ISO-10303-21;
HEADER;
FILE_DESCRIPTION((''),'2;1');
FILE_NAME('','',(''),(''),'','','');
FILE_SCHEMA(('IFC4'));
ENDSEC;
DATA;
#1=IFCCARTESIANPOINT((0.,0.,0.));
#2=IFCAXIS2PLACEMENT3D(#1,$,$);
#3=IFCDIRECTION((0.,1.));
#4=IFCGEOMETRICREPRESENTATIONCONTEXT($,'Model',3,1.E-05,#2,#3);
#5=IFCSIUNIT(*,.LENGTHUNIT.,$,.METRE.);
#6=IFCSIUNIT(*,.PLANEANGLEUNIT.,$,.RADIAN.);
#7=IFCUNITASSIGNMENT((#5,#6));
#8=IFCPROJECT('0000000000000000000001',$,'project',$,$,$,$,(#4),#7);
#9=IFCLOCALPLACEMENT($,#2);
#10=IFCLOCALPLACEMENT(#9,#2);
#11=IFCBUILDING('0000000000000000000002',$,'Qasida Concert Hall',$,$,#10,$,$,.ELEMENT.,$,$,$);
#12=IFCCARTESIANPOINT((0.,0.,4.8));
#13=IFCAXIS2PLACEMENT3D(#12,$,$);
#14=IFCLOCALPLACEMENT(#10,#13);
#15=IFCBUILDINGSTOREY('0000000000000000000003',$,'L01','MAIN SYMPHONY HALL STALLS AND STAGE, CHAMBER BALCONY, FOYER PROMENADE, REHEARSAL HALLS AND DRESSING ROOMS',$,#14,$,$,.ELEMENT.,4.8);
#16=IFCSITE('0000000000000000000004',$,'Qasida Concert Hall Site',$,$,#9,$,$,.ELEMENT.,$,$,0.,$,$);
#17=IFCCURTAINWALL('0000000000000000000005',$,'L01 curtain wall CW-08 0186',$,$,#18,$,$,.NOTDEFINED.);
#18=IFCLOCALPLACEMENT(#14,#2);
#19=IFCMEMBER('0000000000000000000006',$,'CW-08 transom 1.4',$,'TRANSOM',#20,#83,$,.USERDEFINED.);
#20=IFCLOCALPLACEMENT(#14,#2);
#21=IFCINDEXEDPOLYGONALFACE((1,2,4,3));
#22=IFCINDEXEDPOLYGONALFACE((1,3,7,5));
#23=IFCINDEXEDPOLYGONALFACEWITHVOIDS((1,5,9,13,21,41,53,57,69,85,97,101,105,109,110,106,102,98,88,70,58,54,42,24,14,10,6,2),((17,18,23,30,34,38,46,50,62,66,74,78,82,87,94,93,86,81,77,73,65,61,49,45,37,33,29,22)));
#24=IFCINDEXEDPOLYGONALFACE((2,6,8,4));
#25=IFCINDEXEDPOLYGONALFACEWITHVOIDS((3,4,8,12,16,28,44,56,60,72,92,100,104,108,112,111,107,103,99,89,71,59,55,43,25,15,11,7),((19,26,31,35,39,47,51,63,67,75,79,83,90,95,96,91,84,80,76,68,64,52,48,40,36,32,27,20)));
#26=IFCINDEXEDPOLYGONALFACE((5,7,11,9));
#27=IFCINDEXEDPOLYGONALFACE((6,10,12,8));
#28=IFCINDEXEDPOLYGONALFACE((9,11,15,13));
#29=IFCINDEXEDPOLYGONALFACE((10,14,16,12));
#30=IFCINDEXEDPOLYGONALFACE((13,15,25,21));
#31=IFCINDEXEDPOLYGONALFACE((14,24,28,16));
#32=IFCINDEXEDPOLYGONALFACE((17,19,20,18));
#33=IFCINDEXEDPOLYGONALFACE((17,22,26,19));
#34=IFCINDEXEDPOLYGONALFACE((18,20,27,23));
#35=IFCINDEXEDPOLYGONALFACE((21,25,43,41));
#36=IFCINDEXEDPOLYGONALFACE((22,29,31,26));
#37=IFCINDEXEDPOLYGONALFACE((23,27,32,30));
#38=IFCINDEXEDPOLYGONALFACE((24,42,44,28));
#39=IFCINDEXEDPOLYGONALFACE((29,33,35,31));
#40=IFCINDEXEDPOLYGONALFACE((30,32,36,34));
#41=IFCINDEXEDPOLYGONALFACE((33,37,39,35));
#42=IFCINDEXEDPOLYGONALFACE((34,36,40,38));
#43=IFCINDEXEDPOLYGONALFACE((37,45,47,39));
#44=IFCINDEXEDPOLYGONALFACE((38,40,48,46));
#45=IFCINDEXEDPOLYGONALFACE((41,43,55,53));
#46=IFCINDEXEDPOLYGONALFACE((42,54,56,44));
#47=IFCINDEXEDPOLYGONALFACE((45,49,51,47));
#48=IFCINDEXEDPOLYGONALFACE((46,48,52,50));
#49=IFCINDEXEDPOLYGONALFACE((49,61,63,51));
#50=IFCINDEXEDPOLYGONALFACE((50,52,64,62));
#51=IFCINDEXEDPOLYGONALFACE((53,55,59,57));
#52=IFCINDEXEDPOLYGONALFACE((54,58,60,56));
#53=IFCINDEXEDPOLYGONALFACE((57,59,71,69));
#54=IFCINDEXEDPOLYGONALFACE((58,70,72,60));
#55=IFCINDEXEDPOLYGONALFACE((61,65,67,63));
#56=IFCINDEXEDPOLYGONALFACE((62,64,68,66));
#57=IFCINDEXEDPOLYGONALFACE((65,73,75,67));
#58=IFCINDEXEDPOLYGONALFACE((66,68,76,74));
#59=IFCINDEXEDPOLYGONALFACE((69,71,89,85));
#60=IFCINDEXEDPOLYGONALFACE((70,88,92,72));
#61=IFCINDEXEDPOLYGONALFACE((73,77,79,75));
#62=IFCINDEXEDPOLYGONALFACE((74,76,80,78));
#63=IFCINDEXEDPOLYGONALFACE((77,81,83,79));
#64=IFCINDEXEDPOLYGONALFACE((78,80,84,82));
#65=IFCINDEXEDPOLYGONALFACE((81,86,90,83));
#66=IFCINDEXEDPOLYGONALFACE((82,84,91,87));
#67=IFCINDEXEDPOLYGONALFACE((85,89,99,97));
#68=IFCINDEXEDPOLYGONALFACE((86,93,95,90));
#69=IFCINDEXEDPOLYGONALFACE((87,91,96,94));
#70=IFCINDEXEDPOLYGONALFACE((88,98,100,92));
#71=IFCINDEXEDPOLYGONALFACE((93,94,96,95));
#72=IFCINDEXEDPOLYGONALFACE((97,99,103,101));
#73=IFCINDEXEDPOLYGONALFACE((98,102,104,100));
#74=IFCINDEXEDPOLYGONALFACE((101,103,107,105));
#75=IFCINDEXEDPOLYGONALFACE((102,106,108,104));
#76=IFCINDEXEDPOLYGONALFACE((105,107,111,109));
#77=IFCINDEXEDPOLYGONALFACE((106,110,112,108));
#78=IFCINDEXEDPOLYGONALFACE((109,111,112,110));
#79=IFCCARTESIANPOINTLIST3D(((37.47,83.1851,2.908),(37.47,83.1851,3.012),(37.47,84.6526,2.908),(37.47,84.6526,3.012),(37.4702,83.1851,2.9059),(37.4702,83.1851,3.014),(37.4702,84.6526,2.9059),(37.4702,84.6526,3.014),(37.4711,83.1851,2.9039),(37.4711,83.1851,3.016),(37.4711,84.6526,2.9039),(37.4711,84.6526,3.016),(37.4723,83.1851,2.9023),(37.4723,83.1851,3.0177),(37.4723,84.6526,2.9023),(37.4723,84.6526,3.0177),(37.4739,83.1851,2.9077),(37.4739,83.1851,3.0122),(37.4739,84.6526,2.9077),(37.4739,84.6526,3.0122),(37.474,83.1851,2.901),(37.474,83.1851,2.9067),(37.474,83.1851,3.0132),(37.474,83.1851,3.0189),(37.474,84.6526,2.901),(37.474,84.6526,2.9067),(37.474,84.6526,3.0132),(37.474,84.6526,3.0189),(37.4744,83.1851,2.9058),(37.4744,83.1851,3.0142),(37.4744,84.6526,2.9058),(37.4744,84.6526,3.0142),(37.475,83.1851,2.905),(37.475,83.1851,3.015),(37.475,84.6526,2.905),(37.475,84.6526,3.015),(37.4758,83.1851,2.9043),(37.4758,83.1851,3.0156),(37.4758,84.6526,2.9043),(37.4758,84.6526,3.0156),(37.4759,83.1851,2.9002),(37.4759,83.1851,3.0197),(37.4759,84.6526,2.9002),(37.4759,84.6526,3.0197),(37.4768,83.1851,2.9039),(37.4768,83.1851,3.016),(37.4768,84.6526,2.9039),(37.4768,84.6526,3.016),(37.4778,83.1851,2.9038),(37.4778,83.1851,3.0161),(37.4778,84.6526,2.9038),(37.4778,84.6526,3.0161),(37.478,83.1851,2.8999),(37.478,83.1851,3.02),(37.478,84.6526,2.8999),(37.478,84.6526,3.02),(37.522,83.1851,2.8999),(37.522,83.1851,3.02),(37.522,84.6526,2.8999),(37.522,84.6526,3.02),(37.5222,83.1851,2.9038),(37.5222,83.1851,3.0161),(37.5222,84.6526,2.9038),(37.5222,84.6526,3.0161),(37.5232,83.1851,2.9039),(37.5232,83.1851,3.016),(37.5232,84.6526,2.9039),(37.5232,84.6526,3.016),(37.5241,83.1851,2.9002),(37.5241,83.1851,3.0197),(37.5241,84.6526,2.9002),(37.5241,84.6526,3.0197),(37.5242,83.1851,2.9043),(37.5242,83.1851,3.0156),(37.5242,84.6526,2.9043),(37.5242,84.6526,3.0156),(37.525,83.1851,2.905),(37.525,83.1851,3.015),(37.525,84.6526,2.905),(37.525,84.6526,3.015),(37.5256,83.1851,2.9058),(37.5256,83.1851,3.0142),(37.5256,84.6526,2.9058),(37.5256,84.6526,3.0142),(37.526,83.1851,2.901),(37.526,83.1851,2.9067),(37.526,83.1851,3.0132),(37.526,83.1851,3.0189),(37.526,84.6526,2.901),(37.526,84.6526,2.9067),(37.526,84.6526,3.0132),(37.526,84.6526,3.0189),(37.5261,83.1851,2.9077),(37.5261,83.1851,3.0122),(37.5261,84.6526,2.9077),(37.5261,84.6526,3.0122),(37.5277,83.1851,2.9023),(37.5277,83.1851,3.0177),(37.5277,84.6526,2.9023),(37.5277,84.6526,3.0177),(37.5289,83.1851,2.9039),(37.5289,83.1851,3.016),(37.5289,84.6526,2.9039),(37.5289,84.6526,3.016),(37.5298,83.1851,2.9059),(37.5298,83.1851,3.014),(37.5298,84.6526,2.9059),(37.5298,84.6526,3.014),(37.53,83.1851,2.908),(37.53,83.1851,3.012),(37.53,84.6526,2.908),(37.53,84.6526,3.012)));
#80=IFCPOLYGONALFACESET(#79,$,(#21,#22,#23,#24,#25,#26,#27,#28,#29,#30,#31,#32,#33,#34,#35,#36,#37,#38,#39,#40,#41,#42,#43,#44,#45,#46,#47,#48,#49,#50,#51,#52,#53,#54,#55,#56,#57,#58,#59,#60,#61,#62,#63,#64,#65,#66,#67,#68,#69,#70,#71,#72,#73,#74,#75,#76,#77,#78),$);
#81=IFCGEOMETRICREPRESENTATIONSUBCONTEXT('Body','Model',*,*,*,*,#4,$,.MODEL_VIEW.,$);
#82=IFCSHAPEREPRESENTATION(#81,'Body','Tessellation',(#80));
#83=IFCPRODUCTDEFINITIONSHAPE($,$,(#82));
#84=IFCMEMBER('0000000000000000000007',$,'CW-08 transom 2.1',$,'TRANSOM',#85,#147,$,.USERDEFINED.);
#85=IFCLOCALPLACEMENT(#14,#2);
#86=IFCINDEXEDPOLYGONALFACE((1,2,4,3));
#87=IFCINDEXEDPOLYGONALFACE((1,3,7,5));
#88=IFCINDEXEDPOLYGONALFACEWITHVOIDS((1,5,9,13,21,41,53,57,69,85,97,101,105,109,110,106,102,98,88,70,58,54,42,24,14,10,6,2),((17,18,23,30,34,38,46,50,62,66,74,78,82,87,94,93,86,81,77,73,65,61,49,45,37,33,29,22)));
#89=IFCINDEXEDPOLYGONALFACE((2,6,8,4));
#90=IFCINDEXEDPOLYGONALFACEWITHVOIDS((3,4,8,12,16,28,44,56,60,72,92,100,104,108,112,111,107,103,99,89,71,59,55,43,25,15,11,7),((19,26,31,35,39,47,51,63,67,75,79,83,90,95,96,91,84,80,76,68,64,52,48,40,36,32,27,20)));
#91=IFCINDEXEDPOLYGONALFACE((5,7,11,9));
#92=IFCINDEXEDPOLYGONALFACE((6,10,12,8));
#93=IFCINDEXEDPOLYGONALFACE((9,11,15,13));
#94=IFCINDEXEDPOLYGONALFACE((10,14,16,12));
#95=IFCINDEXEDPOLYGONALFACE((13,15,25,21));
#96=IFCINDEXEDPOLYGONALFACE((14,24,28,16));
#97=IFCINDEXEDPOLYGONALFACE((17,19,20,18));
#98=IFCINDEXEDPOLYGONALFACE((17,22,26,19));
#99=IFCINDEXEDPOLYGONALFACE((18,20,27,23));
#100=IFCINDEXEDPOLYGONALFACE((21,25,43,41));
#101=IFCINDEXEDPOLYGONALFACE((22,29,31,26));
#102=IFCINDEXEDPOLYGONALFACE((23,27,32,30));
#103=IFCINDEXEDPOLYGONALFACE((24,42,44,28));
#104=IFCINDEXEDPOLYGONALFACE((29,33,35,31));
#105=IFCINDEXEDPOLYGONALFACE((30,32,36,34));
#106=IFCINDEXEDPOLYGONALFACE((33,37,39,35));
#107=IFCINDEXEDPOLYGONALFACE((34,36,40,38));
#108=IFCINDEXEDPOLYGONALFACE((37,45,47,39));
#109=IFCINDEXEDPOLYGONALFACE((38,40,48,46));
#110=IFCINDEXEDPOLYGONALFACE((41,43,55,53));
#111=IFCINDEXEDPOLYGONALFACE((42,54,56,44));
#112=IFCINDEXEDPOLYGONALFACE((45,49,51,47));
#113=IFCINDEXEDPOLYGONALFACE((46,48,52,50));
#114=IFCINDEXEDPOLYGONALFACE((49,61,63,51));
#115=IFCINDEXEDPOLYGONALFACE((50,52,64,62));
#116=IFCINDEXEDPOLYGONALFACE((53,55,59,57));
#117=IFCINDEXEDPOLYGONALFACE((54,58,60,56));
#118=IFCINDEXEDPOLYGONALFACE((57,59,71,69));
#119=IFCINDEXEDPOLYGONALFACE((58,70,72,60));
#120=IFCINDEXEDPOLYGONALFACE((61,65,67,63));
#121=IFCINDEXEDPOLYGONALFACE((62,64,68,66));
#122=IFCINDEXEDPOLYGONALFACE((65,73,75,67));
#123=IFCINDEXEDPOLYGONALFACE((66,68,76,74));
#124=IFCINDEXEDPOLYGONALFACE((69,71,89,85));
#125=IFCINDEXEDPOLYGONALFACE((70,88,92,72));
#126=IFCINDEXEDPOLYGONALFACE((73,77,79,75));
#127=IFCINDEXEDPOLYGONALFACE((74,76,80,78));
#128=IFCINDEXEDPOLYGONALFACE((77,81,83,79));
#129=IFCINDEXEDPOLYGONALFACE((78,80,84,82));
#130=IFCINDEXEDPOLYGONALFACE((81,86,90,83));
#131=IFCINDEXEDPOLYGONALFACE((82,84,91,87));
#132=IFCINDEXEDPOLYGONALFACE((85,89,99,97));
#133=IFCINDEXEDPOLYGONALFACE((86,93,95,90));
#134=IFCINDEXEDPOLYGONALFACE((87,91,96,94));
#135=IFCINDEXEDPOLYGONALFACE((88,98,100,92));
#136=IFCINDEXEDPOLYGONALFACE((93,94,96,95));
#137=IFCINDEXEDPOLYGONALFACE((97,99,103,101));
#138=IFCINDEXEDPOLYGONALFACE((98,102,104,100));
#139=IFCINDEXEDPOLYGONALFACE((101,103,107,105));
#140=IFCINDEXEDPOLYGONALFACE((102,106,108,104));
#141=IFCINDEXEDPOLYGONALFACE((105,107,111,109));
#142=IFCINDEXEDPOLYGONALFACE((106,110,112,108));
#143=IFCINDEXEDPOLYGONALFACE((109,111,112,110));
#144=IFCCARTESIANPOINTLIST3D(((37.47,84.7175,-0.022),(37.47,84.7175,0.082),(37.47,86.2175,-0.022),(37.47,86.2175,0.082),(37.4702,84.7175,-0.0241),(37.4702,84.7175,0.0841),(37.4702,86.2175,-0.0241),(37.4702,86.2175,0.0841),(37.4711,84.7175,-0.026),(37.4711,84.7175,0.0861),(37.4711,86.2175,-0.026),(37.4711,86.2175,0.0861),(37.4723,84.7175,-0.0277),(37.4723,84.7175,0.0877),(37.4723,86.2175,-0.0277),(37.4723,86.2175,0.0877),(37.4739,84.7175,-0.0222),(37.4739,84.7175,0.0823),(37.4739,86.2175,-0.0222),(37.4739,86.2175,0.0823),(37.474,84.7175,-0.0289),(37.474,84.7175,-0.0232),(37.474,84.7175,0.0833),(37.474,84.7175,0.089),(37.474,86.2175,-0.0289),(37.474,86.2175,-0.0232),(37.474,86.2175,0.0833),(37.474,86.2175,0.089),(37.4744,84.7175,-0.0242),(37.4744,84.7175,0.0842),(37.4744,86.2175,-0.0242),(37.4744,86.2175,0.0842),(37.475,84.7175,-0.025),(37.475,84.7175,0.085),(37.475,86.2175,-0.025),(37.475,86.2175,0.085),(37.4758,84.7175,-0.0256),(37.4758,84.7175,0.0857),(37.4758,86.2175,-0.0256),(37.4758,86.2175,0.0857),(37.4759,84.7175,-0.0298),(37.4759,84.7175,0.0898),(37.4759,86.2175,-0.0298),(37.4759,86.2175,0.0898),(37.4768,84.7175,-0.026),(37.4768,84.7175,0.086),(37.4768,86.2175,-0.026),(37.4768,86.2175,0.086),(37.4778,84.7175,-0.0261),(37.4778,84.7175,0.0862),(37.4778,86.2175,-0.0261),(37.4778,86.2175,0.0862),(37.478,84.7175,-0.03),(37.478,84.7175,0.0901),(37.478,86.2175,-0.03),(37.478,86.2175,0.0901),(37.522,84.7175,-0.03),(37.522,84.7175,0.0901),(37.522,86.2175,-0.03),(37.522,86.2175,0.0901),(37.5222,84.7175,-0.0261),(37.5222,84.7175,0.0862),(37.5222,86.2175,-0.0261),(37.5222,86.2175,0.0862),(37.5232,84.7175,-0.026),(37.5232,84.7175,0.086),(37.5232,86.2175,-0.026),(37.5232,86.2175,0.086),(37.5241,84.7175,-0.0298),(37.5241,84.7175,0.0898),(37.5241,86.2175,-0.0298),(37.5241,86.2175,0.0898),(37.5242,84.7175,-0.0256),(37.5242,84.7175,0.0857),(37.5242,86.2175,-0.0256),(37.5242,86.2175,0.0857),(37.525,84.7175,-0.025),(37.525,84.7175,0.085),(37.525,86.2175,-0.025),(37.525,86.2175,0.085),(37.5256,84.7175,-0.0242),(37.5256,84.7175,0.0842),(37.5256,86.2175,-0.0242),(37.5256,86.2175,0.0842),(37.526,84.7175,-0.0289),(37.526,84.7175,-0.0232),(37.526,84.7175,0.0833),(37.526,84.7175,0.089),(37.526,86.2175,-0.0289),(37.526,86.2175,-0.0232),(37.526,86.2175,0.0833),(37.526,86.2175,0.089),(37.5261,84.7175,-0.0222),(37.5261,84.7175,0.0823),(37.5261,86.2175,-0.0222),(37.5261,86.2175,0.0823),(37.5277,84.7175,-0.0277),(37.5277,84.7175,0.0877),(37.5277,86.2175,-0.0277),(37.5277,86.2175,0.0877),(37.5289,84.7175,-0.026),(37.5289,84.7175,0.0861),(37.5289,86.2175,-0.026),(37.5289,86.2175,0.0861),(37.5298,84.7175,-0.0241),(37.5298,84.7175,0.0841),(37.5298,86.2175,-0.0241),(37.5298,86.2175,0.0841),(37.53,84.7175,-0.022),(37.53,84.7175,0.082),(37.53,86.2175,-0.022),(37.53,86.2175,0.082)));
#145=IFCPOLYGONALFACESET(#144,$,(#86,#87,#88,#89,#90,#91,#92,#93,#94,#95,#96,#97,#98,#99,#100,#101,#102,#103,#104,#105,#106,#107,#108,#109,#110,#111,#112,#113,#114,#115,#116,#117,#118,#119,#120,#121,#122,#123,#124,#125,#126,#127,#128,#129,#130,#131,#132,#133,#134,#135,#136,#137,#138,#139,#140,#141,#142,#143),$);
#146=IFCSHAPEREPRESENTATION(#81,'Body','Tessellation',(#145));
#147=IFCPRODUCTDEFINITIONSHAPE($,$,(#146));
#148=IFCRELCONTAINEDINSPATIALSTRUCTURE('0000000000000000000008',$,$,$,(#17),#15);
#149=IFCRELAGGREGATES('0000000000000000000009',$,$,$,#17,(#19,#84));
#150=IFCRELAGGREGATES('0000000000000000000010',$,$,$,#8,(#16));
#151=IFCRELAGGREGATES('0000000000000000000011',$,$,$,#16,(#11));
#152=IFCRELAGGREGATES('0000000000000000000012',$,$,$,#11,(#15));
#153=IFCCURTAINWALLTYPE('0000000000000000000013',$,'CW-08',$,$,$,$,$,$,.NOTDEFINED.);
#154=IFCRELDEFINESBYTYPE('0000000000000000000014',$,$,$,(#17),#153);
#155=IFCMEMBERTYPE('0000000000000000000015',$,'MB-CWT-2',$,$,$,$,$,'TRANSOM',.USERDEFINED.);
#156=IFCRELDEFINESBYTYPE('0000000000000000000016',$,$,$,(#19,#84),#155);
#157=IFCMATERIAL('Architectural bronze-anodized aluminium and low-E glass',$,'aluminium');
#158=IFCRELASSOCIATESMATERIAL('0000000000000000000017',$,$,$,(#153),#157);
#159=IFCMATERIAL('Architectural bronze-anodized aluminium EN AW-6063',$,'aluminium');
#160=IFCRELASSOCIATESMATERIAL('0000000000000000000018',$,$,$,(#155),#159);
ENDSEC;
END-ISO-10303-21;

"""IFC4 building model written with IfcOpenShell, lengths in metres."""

from ifc_helpers import new_model, si_unit, direction, frame, origin, origin_2d, place, context, subcontext, project, spatial, hollow_rectangle, extrude, material, material_profile, profile_set, type_object, element, aggregate, save


model = new_model("IFC4")

# Units and contexts
model_context = context("Model", 3, precision=1e-05, world=origin(), true_north=direction((0.0, 1.0)))
body_context = subcontext(model_context, "Body", "Model", "MODEL_VIEW")
ifc_project = project(units=[si_unit("LENGTHUNIT", "METRE"), si_unit("PLANEANGLEUNIT", "RADIAN")], contexts=[model_context])

# Site, building, storey
site_placement = place(None, origin())
site = spatial("IfcSite", under=ifc_project, at=site_placement, Name="Qasida Concert Hall Site", CompositionType="ELEMENT", RefElevation=0.0)
building_placement = place(site_placement, origin())
building = spatial("IfcBuilding", under=site, at=building_placement, Name="Qasida Concert Hall", CompositionType="ELEMENT")
storey_placement = place(building_placement, frame((0.0, 0.0, 4.8)))
storey = spatial("IfcBuildingStorey", under=building, at=storey_placement, Name="L01", Description="MAIN SYMPHONY HALL STALLS AND STAGE, CHAMBER BALCONY, FOYER PROMENADE, REHEARSAL HALLS AND DRESSING ROOMS", CompositionType="ELEMENT", Elevation=4.8)

# Curtain wall, members
ifc_material_1 = material(Name="Architectural bronze-anodized aluminium and low-E glass", Category="aluminium")
curtain_wall_type = type_object("IfcCurtainWallType", Name="CW-08", PredefinedType="NOTDEFINED", material=ifc_material_1)
curtain_wall_placement = place(storey_placement, origin())
curtain_wall = element("IfcCurtainWall", 1, at=curtain_wall_placement, inside=storey, type_object=curtain_wall_type, Name="L01 curtain wall CW-08 0186", PredefinedType="NOTDEFINED")
ifc_material_2 = material(Name="Architectural bronze-anodized aluminium EN AW-6063", Category="aluminium")
ifc_material_profile_1 = material_profile(ifc_material_2, hollow_rectangle(XDim=0.0601, YDim=0.1201, WallThickness=0.0039, InnerFilletRadius=0.0039, OuterFilletRadius=0.0081, at=origin_2d()), Name="CWT 120x60x4")
ifc_profile_set_1 = profile_set([ifc_material_profile_1], Name="Architectural bronze-anodized aluminium EN AW-6063")
member_type_1 = type_object("IfcMemberType", Name="MB-CWT-2", ElementType="TRANSOM", PredefinedType="USERDEFINED", material=ifc_profile_set_1)
member_1_placement = place(storey_placement, frame((37.5, 83.1851, 2.96), z_axis=(0.0, 1.0, 0.0), x_axis=(-1.0, 0.0, 0.0)))
member_1 = element("IfcMember", 2, at=member_1_placement, type_object=member_type_1, Name="CW-08 transom 1.4", ObjectType="TRANSOM", PredefinedType="USERDEFINED", context=body_context, shape_type="SweptSolid", body=[
    extrude(hollow_rectangle(XDim=0.0601, YDim=0.1201, WallThickness=0.0039, InnerFilletRadius=0.0039, OuterFilletRadius=0.0081, at=origin_2d()), origin(), (0.0, 0.0, 1.0), 1.4675),
])
member_2_placement = place(storey_placement, frame((37.5, 84.7175, 0.03), z_axis=(0.0, 1.0, 0.0), x_axis=(-1.0, 0.0, 0.0)))
member_2 = element("IfcMember", 3, at=member_2_placement, type_object=member_type_1, Name="CW-08 transom 2.1", ObjectType="TRANSOM", PredefinedType="USERDEFINED", context=body_context, shape_type="SweptSolid", body=[
    extrude(hollow_rectangle(XDim=0.0601, YDim=0.1201, WallThickness=0.0039, InnerFilletRadius=0.0039, OuterFilletRadius=0.0081, at=origin_2d()), origin(), (0.0, 0.0, 1.0), 1.5),
])
aggregate(curtain_wall, [member_1, member_2])

save(model, "model.ifc")
